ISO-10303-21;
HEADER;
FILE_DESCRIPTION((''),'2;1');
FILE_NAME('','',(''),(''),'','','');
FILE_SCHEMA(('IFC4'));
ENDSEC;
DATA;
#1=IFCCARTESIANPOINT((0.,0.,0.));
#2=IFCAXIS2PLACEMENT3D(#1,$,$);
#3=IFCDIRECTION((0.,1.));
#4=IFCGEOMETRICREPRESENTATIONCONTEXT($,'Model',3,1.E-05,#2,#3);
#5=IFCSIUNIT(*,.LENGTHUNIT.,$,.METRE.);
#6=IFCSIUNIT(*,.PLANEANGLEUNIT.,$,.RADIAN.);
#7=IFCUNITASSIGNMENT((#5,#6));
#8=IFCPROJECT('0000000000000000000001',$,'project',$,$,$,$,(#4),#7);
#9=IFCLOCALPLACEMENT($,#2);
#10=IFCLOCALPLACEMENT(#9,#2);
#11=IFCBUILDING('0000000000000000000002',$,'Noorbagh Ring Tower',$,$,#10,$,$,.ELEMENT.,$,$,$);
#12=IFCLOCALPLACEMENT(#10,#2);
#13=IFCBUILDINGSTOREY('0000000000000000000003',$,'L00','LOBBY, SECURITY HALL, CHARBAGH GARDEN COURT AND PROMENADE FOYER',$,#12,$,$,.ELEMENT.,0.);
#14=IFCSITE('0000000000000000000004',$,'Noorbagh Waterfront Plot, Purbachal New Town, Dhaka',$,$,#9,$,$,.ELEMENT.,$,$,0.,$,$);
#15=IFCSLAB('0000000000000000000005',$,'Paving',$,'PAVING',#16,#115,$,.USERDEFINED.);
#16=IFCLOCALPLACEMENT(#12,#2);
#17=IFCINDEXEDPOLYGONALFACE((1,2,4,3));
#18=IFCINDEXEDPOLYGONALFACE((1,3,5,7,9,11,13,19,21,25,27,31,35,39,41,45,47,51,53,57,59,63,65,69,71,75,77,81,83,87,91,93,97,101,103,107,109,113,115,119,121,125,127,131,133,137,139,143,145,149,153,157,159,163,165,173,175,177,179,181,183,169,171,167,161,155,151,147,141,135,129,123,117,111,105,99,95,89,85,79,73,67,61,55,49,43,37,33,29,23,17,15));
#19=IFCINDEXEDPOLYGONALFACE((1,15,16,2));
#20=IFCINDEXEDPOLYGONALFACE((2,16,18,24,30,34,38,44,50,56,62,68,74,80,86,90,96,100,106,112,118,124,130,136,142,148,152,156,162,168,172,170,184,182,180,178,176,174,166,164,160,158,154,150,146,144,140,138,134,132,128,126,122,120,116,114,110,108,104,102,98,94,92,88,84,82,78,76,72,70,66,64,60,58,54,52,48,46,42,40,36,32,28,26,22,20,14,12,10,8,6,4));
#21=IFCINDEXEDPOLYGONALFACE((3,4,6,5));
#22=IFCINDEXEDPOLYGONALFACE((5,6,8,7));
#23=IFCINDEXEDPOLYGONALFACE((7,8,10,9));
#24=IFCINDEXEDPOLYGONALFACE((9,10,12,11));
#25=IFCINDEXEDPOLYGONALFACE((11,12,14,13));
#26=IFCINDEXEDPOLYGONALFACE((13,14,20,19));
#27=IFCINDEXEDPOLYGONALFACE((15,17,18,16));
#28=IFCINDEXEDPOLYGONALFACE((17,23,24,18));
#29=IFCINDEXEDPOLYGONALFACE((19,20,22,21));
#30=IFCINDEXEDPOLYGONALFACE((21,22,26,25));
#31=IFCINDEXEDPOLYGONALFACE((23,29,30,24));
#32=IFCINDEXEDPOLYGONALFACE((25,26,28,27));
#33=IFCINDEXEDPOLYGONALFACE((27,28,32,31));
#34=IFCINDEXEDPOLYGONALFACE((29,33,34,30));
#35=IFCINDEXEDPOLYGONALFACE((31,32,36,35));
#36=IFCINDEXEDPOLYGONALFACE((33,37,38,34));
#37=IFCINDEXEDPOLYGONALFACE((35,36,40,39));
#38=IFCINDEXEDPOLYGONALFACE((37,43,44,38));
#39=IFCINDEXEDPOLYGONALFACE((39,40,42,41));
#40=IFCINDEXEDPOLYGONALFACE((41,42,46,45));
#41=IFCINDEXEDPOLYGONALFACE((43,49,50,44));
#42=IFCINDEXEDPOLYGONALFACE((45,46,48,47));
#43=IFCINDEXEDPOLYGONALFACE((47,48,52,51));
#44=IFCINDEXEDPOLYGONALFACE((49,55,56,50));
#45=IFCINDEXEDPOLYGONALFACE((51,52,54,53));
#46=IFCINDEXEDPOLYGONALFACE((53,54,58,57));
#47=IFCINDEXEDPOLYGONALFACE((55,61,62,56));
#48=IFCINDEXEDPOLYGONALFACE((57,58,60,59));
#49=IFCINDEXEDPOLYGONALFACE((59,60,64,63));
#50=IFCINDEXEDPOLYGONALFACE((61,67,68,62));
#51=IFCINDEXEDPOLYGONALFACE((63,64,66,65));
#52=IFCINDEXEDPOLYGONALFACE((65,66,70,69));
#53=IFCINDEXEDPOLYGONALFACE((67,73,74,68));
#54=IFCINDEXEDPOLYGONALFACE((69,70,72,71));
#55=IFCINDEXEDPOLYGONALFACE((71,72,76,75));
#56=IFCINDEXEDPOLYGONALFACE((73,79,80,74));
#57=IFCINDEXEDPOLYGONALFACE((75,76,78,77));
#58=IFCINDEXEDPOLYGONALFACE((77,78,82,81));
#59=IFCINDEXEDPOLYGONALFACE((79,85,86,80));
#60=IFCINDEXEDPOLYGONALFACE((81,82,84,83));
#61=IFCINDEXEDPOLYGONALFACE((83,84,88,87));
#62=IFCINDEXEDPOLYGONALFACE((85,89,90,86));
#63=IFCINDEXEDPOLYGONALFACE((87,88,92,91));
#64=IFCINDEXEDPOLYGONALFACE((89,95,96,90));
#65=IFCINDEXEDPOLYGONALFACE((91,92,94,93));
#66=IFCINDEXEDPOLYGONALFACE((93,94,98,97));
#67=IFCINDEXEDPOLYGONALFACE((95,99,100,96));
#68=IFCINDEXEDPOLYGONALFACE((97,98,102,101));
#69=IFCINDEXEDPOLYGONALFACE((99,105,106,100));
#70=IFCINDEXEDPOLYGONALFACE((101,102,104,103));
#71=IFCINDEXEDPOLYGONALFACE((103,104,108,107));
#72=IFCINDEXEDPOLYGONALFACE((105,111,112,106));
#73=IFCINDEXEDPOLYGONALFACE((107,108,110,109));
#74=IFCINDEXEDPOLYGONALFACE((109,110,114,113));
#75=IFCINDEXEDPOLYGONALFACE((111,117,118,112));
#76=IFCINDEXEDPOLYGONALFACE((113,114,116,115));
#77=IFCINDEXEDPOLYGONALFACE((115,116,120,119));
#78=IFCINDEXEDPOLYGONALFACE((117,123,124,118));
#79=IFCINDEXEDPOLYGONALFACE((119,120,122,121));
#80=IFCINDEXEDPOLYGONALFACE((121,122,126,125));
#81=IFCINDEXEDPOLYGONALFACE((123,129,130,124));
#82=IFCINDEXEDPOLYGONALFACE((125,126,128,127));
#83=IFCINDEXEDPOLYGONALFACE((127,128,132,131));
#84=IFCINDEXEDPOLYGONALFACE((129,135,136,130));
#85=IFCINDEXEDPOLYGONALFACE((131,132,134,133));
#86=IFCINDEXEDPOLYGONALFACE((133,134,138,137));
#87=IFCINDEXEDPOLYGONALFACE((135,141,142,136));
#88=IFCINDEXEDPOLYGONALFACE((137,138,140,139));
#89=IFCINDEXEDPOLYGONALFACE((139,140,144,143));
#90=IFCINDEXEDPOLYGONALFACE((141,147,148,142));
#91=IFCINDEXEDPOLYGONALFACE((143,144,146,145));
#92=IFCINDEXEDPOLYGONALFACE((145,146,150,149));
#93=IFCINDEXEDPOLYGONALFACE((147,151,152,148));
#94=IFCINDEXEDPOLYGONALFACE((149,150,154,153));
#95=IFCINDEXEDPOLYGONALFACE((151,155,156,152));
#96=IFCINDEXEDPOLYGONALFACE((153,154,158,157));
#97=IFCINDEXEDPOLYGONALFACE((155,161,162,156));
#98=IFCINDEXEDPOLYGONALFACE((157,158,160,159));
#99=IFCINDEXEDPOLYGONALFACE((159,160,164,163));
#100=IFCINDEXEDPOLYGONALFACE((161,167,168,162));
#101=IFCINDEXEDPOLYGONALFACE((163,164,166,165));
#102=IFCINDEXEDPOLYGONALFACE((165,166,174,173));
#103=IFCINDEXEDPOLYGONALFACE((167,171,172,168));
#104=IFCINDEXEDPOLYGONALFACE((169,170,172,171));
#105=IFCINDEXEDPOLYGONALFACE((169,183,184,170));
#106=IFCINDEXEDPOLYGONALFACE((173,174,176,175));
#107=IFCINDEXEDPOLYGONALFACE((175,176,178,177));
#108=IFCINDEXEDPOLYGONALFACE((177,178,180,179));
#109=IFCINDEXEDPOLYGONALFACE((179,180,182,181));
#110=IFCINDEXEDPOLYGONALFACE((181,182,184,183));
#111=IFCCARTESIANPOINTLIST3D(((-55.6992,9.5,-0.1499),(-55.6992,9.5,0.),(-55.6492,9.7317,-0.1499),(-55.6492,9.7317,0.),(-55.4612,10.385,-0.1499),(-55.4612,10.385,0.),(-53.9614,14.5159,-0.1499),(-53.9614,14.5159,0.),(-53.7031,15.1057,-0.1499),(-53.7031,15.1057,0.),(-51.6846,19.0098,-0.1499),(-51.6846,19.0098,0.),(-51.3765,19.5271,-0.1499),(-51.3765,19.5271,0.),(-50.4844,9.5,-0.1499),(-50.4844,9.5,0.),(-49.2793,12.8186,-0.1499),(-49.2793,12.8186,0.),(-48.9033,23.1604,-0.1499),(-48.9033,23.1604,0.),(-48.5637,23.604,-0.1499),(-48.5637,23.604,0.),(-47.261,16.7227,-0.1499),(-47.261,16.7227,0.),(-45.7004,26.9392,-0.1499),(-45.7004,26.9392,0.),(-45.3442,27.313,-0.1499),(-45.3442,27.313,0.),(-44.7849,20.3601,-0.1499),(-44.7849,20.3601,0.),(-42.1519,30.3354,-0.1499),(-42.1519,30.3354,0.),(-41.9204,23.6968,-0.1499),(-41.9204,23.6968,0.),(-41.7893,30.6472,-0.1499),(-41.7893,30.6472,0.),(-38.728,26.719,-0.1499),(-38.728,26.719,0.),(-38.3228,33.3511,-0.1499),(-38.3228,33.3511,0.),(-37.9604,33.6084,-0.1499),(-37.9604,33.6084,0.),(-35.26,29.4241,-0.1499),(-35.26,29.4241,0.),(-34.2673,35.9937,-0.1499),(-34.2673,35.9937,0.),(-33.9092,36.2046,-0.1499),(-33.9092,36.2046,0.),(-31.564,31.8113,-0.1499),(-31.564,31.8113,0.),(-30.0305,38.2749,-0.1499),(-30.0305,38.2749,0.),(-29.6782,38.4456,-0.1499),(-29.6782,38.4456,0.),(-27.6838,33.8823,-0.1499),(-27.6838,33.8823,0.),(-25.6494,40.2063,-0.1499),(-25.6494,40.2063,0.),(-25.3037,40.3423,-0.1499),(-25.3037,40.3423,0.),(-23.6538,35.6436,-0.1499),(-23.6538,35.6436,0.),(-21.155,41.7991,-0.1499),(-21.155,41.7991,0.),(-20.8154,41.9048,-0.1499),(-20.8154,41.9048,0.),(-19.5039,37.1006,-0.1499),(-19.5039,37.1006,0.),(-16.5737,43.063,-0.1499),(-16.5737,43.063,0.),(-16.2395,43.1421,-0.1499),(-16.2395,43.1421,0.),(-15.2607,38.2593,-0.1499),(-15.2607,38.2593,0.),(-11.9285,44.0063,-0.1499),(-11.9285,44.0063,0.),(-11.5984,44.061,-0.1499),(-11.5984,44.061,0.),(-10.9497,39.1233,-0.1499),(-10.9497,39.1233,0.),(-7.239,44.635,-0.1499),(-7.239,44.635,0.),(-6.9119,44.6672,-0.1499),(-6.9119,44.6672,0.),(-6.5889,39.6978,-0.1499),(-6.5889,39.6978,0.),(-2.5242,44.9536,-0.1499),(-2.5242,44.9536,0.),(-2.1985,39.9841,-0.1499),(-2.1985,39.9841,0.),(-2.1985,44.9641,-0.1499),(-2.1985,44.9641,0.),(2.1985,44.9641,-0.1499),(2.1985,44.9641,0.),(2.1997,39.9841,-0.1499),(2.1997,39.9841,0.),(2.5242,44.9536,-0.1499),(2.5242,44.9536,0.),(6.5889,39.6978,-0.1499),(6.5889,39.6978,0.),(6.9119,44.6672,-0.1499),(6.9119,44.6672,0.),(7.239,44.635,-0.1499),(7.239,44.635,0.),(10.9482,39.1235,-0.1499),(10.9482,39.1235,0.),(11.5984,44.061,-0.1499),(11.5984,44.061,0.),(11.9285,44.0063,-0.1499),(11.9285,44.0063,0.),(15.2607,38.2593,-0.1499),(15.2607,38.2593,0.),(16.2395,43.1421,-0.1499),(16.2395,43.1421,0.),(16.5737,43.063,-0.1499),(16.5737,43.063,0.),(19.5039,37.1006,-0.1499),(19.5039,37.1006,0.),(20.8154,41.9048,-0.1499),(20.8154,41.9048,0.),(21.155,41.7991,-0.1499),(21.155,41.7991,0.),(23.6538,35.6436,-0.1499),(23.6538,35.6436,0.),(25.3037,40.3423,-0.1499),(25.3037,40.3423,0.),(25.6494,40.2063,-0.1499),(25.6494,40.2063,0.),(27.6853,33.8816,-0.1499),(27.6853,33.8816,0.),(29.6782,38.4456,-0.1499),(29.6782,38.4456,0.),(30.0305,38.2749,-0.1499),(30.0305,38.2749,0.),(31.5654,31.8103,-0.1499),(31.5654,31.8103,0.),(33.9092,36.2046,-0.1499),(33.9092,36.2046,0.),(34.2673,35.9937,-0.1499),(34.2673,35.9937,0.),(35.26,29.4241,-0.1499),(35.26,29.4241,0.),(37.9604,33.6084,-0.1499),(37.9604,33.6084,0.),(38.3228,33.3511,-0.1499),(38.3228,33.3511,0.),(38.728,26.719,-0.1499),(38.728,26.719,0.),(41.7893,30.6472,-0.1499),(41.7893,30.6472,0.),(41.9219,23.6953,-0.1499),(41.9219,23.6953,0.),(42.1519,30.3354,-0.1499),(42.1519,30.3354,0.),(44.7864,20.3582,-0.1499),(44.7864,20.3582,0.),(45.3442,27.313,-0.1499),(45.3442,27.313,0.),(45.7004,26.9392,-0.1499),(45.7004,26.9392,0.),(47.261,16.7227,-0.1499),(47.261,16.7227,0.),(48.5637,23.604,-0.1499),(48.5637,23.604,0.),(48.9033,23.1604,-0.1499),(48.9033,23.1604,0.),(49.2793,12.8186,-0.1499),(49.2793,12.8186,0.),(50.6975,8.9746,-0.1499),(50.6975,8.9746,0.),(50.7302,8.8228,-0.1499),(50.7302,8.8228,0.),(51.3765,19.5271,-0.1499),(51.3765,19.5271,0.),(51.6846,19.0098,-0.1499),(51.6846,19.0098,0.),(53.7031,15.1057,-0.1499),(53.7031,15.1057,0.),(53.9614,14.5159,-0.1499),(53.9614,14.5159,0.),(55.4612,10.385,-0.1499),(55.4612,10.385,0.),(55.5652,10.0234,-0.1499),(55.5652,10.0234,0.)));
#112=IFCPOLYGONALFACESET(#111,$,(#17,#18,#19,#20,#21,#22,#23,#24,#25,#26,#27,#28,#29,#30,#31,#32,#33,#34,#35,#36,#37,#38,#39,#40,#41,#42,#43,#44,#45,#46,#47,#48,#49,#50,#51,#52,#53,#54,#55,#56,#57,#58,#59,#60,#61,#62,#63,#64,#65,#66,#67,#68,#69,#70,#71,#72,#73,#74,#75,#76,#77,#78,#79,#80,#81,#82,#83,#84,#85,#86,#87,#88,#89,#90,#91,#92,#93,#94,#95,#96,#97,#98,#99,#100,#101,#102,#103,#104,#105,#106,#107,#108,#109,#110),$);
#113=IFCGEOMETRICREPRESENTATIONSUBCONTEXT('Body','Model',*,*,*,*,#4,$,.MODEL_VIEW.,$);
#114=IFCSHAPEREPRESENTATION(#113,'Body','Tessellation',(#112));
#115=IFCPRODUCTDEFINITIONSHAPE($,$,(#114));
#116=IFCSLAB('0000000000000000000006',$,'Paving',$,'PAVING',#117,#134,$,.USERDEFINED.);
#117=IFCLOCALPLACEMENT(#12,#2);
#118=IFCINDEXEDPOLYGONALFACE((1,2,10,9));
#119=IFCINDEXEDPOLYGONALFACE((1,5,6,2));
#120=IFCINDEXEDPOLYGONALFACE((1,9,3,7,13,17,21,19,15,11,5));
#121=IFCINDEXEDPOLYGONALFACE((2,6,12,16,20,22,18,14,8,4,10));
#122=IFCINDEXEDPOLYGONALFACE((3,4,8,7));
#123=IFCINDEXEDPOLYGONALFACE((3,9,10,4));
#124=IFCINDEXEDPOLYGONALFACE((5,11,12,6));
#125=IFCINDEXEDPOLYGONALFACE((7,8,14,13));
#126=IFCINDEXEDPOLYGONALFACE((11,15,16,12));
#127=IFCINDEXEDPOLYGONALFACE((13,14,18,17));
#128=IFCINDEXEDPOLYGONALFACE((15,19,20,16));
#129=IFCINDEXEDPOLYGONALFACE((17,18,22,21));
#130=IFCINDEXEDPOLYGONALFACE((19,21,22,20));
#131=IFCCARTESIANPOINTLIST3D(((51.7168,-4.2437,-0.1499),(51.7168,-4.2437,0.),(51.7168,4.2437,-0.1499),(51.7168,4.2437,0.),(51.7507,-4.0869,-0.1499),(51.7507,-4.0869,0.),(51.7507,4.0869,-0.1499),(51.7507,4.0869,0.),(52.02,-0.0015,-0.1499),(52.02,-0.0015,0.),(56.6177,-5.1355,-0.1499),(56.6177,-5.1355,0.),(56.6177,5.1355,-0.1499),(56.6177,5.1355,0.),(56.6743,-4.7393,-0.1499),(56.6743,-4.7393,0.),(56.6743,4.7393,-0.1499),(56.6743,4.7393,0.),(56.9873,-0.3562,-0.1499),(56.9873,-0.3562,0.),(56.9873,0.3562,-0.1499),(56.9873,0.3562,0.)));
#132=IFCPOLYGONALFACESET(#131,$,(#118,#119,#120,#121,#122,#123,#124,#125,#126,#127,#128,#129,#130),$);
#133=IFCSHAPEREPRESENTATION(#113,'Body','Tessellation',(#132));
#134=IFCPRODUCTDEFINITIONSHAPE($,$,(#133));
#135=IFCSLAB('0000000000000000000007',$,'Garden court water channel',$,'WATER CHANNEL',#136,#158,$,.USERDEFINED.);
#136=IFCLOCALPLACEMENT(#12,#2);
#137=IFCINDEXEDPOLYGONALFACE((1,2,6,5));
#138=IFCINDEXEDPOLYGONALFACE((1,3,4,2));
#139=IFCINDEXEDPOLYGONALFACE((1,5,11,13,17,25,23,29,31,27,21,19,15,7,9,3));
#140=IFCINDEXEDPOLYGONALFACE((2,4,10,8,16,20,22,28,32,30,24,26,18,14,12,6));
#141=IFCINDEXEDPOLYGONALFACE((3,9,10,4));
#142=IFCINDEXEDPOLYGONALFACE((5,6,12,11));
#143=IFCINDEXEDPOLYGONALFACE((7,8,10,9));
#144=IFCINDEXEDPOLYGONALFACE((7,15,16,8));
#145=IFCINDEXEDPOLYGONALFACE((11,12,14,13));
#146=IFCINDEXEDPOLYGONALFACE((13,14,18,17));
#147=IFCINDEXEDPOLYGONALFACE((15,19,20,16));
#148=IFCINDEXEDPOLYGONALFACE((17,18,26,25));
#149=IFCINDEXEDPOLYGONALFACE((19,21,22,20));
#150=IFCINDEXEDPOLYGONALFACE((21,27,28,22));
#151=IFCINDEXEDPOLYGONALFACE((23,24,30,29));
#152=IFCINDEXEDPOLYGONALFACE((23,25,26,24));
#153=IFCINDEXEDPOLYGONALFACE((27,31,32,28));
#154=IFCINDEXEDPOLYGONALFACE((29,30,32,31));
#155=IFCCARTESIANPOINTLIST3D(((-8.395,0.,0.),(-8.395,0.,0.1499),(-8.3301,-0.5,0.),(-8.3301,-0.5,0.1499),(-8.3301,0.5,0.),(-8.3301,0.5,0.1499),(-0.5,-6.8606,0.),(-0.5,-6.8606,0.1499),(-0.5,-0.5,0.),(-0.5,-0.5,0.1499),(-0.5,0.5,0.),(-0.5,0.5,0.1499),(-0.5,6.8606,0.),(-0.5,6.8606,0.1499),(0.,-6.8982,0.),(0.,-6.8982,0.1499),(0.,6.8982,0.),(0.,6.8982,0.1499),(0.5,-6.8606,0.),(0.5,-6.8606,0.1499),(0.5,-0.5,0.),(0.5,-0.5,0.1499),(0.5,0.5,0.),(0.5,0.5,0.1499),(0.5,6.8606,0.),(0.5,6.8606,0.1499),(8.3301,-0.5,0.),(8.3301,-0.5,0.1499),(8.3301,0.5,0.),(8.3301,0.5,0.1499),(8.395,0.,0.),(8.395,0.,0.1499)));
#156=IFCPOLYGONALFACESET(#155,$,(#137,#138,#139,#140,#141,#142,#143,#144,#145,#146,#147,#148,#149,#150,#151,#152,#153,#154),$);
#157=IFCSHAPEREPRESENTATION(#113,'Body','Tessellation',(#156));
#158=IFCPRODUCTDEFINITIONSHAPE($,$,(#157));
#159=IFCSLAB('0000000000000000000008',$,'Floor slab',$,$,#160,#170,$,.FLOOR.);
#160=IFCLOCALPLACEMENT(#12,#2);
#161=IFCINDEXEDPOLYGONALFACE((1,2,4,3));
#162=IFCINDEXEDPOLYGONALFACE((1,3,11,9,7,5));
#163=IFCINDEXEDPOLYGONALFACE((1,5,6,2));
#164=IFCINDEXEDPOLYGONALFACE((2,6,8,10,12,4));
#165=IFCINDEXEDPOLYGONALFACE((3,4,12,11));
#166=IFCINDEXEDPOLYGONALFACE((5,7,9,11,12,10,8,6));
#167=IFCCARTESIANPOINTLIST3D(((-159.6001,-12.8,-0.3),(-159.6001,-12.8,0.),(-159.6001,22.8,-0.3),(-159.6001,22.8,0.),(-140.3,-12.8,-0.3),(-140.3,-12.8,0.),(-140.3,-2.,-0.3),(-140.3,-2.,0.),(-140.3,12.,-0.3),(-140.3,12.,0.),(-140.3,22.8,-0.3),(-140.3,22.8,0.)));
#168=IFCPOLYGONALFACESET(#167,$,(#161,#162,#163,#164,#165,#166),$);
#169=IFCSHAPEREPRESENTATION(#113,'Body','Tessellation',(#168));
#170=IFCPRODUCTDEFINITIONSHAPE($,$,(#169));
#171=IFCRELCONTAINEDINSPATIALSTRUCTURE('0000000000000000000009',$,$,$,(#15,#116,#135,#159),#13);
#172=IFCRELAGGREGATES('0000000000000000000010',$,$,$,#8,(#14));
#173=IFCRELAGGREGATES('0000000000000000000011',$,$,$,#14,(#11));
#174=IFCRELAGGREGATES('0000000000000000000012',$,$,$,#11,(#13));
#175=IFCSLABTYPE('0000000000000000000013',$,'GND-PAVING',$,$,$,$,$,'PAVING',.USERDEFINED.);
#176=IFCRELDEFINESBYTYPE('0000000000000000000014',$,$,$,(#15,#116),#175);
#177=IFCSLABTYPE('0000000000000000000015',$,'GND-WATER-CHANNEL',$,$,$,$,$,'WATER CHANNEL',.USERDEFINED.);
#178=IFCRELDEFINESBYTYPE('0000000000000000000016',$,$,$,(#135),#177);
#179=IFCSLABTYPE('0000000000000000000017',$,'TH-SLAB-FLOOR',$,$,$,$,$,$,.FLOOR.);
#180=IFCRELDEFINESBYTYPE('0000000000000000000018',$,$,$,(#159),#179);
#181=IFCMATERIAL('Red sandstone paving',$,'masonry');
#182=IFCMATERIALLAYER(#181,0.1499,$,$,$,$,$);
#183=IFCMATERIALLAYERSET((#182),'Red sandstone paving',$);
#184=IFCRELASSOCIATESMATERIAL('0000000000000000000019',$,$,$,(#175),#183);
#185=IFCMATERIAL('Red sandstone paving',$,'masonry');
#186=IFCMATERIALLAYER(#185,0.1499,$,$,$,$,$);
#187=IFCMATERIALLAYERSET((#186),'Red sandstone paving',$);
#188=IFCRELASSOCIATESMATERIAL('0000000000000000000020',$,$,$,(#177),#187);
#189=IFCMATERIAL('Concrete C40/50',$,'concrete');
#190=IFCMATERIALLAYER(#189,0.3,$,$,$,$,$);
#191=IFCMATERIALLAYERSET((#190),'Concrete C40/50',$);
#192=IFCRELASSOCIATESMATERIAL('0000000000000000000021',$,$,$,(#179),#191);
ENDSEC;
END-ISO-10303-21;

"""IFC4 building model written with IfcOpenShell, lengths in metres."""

from ifc_helpers import new_model, si_unit, direction, frame, origin, place, context, subcontext, project, spatial, polyline, outline, extrude, material, layer, layer_set, type_object, element, save


model = new_model("IFC4")

# Units and contexts
model_context = context("Model", 3, precision=1e-05, world=origin(), true_north=direction((0.0, 1.0)))
body_context = subcontext(model_context, "Body", "Model", "MODEL_VIEW")
ifc_project = project(units=[si_unit("LENGTHUNIT", "METRE"), si_unit("PLANEANGLEUNIT", "RADIAN")], contexts=[model_context])

# Site, building, storey
site_placement = place(None, origin())
site = spatial("IfcSite", under=ifc_project, at=site_placement, Name="Noorbagh Waterfront Plot, Purbachal New Town, Dhaka", CompositionType="ELEMENT", RefElevation=0.0)
building_placement = place(site_placement, origin())
building = spatial("IfcBuilding", under=site, at=building_placement, Name="Noorbagh Ring Tower", CompositionType="ELEMENT")
storey_placement = place(building_placement, origin())
storey = spatial("IfcBuildingStorey", under=building, at=storey_placement, Name="L00", Description="LOBBY, SECURITY HALL, CHARBAGH GARDEN COURT AND PROMENADE FOYER", CompositionType="ELEMENT", Elevation=0.0)

# Slabs
ifc_material_1 = material(Name="Red sandstone paving", Category="masonry")
ifc_layer_1 = layer(ifc_material_1, 0.1499)
ifc_layer_set_1 = layer_set([ifc_layer_1], Name="Red sandstone paving")
slab_type_1 = type_object("IfcSlabType", Name="GND-PAVING", ElementType="PAVING", PredefinedType="USERDEFINED", material=ifc_layer_set_1)
slab_1_placement = place(storey_placement, frame((0.0, 0.0, -0.1499)))
element("IfcSlab", 1, at=slab_1_placement, inside=storey, type_object=slab_type_1, Name="Paving", ObjectType="PAVING", PredefinedType="USERDEFINED", context=body_context, shape_type="SweptSolid", body=[
    extrude(outline(polyline([(-55.6492, 9.7317), (-55.4612, 10.385), (-53.9614, 14.5159), (-53.7031, 15.1057), (-51.6846, 19.0098), (-51.3765, 19.5271), (-48.9033, 23.1604), (-48.5637, 23.604), (-45.7004, 26.9392), (-45.3442, 27.313), (-42.1519, 30.3354), (-41.7893, 30.6472), (-38.3228, 33.3511), (-37.9604, 33.6084), (-34.2673, 35.9937), (-33.9092, 36.2046), (-30.0305, 38.2749), (-29.6782, 38.4456), (-25.6494, 40.2063), (-25.3037, 40.3423), (-21.155, 41.7991), (-20.8154, 41.9048), (-16.5737, 43.063), (-16.2395, 43.1421), (-11.9285, 44.0063), (-11.5984, 44.061), (-7.239, 44.635), (-6.9119, 44.6672), (-2.5242, 44.9536), (-2.1985, 44.9641), (2.1985, 44.9641), (2.5242, 44.9536), (6.9119, 44.6672), (7.239, 44.635), (11.5984, 44.061), (11.9285, 44.0063), (16.2395, 43.1421), (16.5737, 43.063), (20.8154, 41.9048), (21.155, 41.7991), (25.3037, 40.3423), (25.6494, 40.2063), (29.6782, 38.4456), (30.0305, 38.2749), (33.9092, 36.2046), (34.2673, 35.9937), (37.9604, 33.6084), (38.3228, 33.3511), (41.7893, 30.6472), (42.1519, 30.3354), (45.3442, 27.313), (45.7004, 26.9392), (48.5637, 23.604), (48.9033, 23.1604), (51.3765, 19.5271), (51.6846, 19.0098), (53.7031, 15.1057), (53.9614, 14.5159), (55.4612, 10.385), (55.5652, 10.0234), (50.6975, 8.9746), (50.7302, 8.8228), (49.2793, 12.8186), (47.261, 16.7227), (44.7864, 20.3582), (41.9219, 23.6953), (38.728, 26.719), (35.26, 29.4241), (31.5654, 31.8103), (27.6853, 33.8816), (23.6538, 35.6436), (19.5039, 37.1006), (15.2607, 38.2593), (10.9482, 39.1235), (6.5889, 39.6978), (2.1997, 39.9841), (-2.1985, 39.9841), (-6.5889, 39.6978), (-10.9497, 39.1233), (-15.2607, 38.2593), (-19.5039, 37.1006), (-23.6538, 35.6436), (-27.6838, 33.8823), (-31.564, 31.8113), (-35.26, 29.4241), (-38.728, 26.719), (-41.9204, 23.6968), (-44.7849, 20.3601), (-47.261, 16.7227), (-49.2793, 12.8186), (-50.4844, 9.5), (-55.6992, 9.5), (-55.6492, 9.7317)])), origin(), (0.0, 0.0, 1.0), 0.1499),
])
slab_2_placement = place(storey_placement, frame((0.0, 0.0, -0.1499)))
element("IfcSlab", 2, at=slab_2_placement, inside=storey, type_object=slab_type_1, Name="Paving", ObjectType="PAVING", PredefinedType="USERDEFINED", context=body_context, shape_type="SweptSolid", body=[
    extrude(outline(polyline([(56.6743, -4.7393), (56.6177, -5.1355), (51.7507, -4.0869), (51.7168, -4.2437), (52.02, -0.0015), (51.7168, 4.2437), (51.7507, 4.0869), (56.6177, 5.1355), (56.6743, 4.7393), (56.9873, 0.3562), (56.9873, -0.3562), (56.6743, -4.7393)])), origin(), (0.0, 0.0, 1.0), 0.1499),
])
ifc_material_2 = material(Name="Red sandstone paving", Category="masonry")
ifc_layer_2 = layer(ifc_material_2, 0.1499)
ifc_layer_set_2 = layer_set([ifc_layer_2], Name="Red sandstone paving")
slab_type_2 = type_object("IfcSlabType", Name="GND-WATER-CHANNEL", ElementType="WATER CHANNEL", PredefinedType="USERDEFINED", material=ifc_layer_set_2)
slab_3_placement = place(storey_placement, origin())
element("IfcSlab", 3, at=slab_3_placement, inside=storey, type_object=slab_type_2, Name="Garden court water channel", ObjectType="WATER CHANNEL", PredefinedType="USERDEFINED", context=body_context, shape_type="SweptSolid", body=[
    extrude(outline(polyline([(8.3301, -0.5), (0.5, -0.5), (0.5, -6.8606), (0.0, -6.8982), (-0.5, -6.8606), (-0.5, -0.5), (-8.3301, -0.5), (-8.395, 0.0), (-8.3301, 0.5), (-0.5, 0.5), (-0.5, 6.8606), (0.0, 6.8982), (0.5, 6.8606), (0.5, 0.5), (8.3301, 0.5), (8.395, 0.0), (8.3301, -0.5)])), origin(), (0.0, 0.0, 1.0), 0.1499),
])
ifc_material_3 = material(Name="Concrete C40/50", Category="concrete")
ifc_layer_3 = layer(ifc_material_3, 0.3)
ifc_layer_set_3 = layer_set([ifc_layer_3], Name="Concrete C40/50")
slab_type_3 = type_object("IfcSlabType", Name="TH-SLAB-FLOOR", PredefinedType="FLOOR", material=ifc_layer_set_3)
slab_4_placement = place(storey_placement, frame((0.0, 0.0, -0.3)))
element("IfcSlab", 4, at=slab_4_placement, inside=storey, type_object=slab_type_3, Name="Floor slab", PredefinedType="FLOOR", context=body_context, shape_type="SweptSolid", body=[
    extrude(outline(polyline([(-140.3, 12.0), (-140.3, 22.8), (-159.6001, 22.8), (-159.6001, -12.8), (-140.3, -12.8), (-140.3, -2.0), (-140.3, 12.0)])), origin(), (0.0, 0.0, 1.0), 0.3),
])

save(model, "model.ifc")
